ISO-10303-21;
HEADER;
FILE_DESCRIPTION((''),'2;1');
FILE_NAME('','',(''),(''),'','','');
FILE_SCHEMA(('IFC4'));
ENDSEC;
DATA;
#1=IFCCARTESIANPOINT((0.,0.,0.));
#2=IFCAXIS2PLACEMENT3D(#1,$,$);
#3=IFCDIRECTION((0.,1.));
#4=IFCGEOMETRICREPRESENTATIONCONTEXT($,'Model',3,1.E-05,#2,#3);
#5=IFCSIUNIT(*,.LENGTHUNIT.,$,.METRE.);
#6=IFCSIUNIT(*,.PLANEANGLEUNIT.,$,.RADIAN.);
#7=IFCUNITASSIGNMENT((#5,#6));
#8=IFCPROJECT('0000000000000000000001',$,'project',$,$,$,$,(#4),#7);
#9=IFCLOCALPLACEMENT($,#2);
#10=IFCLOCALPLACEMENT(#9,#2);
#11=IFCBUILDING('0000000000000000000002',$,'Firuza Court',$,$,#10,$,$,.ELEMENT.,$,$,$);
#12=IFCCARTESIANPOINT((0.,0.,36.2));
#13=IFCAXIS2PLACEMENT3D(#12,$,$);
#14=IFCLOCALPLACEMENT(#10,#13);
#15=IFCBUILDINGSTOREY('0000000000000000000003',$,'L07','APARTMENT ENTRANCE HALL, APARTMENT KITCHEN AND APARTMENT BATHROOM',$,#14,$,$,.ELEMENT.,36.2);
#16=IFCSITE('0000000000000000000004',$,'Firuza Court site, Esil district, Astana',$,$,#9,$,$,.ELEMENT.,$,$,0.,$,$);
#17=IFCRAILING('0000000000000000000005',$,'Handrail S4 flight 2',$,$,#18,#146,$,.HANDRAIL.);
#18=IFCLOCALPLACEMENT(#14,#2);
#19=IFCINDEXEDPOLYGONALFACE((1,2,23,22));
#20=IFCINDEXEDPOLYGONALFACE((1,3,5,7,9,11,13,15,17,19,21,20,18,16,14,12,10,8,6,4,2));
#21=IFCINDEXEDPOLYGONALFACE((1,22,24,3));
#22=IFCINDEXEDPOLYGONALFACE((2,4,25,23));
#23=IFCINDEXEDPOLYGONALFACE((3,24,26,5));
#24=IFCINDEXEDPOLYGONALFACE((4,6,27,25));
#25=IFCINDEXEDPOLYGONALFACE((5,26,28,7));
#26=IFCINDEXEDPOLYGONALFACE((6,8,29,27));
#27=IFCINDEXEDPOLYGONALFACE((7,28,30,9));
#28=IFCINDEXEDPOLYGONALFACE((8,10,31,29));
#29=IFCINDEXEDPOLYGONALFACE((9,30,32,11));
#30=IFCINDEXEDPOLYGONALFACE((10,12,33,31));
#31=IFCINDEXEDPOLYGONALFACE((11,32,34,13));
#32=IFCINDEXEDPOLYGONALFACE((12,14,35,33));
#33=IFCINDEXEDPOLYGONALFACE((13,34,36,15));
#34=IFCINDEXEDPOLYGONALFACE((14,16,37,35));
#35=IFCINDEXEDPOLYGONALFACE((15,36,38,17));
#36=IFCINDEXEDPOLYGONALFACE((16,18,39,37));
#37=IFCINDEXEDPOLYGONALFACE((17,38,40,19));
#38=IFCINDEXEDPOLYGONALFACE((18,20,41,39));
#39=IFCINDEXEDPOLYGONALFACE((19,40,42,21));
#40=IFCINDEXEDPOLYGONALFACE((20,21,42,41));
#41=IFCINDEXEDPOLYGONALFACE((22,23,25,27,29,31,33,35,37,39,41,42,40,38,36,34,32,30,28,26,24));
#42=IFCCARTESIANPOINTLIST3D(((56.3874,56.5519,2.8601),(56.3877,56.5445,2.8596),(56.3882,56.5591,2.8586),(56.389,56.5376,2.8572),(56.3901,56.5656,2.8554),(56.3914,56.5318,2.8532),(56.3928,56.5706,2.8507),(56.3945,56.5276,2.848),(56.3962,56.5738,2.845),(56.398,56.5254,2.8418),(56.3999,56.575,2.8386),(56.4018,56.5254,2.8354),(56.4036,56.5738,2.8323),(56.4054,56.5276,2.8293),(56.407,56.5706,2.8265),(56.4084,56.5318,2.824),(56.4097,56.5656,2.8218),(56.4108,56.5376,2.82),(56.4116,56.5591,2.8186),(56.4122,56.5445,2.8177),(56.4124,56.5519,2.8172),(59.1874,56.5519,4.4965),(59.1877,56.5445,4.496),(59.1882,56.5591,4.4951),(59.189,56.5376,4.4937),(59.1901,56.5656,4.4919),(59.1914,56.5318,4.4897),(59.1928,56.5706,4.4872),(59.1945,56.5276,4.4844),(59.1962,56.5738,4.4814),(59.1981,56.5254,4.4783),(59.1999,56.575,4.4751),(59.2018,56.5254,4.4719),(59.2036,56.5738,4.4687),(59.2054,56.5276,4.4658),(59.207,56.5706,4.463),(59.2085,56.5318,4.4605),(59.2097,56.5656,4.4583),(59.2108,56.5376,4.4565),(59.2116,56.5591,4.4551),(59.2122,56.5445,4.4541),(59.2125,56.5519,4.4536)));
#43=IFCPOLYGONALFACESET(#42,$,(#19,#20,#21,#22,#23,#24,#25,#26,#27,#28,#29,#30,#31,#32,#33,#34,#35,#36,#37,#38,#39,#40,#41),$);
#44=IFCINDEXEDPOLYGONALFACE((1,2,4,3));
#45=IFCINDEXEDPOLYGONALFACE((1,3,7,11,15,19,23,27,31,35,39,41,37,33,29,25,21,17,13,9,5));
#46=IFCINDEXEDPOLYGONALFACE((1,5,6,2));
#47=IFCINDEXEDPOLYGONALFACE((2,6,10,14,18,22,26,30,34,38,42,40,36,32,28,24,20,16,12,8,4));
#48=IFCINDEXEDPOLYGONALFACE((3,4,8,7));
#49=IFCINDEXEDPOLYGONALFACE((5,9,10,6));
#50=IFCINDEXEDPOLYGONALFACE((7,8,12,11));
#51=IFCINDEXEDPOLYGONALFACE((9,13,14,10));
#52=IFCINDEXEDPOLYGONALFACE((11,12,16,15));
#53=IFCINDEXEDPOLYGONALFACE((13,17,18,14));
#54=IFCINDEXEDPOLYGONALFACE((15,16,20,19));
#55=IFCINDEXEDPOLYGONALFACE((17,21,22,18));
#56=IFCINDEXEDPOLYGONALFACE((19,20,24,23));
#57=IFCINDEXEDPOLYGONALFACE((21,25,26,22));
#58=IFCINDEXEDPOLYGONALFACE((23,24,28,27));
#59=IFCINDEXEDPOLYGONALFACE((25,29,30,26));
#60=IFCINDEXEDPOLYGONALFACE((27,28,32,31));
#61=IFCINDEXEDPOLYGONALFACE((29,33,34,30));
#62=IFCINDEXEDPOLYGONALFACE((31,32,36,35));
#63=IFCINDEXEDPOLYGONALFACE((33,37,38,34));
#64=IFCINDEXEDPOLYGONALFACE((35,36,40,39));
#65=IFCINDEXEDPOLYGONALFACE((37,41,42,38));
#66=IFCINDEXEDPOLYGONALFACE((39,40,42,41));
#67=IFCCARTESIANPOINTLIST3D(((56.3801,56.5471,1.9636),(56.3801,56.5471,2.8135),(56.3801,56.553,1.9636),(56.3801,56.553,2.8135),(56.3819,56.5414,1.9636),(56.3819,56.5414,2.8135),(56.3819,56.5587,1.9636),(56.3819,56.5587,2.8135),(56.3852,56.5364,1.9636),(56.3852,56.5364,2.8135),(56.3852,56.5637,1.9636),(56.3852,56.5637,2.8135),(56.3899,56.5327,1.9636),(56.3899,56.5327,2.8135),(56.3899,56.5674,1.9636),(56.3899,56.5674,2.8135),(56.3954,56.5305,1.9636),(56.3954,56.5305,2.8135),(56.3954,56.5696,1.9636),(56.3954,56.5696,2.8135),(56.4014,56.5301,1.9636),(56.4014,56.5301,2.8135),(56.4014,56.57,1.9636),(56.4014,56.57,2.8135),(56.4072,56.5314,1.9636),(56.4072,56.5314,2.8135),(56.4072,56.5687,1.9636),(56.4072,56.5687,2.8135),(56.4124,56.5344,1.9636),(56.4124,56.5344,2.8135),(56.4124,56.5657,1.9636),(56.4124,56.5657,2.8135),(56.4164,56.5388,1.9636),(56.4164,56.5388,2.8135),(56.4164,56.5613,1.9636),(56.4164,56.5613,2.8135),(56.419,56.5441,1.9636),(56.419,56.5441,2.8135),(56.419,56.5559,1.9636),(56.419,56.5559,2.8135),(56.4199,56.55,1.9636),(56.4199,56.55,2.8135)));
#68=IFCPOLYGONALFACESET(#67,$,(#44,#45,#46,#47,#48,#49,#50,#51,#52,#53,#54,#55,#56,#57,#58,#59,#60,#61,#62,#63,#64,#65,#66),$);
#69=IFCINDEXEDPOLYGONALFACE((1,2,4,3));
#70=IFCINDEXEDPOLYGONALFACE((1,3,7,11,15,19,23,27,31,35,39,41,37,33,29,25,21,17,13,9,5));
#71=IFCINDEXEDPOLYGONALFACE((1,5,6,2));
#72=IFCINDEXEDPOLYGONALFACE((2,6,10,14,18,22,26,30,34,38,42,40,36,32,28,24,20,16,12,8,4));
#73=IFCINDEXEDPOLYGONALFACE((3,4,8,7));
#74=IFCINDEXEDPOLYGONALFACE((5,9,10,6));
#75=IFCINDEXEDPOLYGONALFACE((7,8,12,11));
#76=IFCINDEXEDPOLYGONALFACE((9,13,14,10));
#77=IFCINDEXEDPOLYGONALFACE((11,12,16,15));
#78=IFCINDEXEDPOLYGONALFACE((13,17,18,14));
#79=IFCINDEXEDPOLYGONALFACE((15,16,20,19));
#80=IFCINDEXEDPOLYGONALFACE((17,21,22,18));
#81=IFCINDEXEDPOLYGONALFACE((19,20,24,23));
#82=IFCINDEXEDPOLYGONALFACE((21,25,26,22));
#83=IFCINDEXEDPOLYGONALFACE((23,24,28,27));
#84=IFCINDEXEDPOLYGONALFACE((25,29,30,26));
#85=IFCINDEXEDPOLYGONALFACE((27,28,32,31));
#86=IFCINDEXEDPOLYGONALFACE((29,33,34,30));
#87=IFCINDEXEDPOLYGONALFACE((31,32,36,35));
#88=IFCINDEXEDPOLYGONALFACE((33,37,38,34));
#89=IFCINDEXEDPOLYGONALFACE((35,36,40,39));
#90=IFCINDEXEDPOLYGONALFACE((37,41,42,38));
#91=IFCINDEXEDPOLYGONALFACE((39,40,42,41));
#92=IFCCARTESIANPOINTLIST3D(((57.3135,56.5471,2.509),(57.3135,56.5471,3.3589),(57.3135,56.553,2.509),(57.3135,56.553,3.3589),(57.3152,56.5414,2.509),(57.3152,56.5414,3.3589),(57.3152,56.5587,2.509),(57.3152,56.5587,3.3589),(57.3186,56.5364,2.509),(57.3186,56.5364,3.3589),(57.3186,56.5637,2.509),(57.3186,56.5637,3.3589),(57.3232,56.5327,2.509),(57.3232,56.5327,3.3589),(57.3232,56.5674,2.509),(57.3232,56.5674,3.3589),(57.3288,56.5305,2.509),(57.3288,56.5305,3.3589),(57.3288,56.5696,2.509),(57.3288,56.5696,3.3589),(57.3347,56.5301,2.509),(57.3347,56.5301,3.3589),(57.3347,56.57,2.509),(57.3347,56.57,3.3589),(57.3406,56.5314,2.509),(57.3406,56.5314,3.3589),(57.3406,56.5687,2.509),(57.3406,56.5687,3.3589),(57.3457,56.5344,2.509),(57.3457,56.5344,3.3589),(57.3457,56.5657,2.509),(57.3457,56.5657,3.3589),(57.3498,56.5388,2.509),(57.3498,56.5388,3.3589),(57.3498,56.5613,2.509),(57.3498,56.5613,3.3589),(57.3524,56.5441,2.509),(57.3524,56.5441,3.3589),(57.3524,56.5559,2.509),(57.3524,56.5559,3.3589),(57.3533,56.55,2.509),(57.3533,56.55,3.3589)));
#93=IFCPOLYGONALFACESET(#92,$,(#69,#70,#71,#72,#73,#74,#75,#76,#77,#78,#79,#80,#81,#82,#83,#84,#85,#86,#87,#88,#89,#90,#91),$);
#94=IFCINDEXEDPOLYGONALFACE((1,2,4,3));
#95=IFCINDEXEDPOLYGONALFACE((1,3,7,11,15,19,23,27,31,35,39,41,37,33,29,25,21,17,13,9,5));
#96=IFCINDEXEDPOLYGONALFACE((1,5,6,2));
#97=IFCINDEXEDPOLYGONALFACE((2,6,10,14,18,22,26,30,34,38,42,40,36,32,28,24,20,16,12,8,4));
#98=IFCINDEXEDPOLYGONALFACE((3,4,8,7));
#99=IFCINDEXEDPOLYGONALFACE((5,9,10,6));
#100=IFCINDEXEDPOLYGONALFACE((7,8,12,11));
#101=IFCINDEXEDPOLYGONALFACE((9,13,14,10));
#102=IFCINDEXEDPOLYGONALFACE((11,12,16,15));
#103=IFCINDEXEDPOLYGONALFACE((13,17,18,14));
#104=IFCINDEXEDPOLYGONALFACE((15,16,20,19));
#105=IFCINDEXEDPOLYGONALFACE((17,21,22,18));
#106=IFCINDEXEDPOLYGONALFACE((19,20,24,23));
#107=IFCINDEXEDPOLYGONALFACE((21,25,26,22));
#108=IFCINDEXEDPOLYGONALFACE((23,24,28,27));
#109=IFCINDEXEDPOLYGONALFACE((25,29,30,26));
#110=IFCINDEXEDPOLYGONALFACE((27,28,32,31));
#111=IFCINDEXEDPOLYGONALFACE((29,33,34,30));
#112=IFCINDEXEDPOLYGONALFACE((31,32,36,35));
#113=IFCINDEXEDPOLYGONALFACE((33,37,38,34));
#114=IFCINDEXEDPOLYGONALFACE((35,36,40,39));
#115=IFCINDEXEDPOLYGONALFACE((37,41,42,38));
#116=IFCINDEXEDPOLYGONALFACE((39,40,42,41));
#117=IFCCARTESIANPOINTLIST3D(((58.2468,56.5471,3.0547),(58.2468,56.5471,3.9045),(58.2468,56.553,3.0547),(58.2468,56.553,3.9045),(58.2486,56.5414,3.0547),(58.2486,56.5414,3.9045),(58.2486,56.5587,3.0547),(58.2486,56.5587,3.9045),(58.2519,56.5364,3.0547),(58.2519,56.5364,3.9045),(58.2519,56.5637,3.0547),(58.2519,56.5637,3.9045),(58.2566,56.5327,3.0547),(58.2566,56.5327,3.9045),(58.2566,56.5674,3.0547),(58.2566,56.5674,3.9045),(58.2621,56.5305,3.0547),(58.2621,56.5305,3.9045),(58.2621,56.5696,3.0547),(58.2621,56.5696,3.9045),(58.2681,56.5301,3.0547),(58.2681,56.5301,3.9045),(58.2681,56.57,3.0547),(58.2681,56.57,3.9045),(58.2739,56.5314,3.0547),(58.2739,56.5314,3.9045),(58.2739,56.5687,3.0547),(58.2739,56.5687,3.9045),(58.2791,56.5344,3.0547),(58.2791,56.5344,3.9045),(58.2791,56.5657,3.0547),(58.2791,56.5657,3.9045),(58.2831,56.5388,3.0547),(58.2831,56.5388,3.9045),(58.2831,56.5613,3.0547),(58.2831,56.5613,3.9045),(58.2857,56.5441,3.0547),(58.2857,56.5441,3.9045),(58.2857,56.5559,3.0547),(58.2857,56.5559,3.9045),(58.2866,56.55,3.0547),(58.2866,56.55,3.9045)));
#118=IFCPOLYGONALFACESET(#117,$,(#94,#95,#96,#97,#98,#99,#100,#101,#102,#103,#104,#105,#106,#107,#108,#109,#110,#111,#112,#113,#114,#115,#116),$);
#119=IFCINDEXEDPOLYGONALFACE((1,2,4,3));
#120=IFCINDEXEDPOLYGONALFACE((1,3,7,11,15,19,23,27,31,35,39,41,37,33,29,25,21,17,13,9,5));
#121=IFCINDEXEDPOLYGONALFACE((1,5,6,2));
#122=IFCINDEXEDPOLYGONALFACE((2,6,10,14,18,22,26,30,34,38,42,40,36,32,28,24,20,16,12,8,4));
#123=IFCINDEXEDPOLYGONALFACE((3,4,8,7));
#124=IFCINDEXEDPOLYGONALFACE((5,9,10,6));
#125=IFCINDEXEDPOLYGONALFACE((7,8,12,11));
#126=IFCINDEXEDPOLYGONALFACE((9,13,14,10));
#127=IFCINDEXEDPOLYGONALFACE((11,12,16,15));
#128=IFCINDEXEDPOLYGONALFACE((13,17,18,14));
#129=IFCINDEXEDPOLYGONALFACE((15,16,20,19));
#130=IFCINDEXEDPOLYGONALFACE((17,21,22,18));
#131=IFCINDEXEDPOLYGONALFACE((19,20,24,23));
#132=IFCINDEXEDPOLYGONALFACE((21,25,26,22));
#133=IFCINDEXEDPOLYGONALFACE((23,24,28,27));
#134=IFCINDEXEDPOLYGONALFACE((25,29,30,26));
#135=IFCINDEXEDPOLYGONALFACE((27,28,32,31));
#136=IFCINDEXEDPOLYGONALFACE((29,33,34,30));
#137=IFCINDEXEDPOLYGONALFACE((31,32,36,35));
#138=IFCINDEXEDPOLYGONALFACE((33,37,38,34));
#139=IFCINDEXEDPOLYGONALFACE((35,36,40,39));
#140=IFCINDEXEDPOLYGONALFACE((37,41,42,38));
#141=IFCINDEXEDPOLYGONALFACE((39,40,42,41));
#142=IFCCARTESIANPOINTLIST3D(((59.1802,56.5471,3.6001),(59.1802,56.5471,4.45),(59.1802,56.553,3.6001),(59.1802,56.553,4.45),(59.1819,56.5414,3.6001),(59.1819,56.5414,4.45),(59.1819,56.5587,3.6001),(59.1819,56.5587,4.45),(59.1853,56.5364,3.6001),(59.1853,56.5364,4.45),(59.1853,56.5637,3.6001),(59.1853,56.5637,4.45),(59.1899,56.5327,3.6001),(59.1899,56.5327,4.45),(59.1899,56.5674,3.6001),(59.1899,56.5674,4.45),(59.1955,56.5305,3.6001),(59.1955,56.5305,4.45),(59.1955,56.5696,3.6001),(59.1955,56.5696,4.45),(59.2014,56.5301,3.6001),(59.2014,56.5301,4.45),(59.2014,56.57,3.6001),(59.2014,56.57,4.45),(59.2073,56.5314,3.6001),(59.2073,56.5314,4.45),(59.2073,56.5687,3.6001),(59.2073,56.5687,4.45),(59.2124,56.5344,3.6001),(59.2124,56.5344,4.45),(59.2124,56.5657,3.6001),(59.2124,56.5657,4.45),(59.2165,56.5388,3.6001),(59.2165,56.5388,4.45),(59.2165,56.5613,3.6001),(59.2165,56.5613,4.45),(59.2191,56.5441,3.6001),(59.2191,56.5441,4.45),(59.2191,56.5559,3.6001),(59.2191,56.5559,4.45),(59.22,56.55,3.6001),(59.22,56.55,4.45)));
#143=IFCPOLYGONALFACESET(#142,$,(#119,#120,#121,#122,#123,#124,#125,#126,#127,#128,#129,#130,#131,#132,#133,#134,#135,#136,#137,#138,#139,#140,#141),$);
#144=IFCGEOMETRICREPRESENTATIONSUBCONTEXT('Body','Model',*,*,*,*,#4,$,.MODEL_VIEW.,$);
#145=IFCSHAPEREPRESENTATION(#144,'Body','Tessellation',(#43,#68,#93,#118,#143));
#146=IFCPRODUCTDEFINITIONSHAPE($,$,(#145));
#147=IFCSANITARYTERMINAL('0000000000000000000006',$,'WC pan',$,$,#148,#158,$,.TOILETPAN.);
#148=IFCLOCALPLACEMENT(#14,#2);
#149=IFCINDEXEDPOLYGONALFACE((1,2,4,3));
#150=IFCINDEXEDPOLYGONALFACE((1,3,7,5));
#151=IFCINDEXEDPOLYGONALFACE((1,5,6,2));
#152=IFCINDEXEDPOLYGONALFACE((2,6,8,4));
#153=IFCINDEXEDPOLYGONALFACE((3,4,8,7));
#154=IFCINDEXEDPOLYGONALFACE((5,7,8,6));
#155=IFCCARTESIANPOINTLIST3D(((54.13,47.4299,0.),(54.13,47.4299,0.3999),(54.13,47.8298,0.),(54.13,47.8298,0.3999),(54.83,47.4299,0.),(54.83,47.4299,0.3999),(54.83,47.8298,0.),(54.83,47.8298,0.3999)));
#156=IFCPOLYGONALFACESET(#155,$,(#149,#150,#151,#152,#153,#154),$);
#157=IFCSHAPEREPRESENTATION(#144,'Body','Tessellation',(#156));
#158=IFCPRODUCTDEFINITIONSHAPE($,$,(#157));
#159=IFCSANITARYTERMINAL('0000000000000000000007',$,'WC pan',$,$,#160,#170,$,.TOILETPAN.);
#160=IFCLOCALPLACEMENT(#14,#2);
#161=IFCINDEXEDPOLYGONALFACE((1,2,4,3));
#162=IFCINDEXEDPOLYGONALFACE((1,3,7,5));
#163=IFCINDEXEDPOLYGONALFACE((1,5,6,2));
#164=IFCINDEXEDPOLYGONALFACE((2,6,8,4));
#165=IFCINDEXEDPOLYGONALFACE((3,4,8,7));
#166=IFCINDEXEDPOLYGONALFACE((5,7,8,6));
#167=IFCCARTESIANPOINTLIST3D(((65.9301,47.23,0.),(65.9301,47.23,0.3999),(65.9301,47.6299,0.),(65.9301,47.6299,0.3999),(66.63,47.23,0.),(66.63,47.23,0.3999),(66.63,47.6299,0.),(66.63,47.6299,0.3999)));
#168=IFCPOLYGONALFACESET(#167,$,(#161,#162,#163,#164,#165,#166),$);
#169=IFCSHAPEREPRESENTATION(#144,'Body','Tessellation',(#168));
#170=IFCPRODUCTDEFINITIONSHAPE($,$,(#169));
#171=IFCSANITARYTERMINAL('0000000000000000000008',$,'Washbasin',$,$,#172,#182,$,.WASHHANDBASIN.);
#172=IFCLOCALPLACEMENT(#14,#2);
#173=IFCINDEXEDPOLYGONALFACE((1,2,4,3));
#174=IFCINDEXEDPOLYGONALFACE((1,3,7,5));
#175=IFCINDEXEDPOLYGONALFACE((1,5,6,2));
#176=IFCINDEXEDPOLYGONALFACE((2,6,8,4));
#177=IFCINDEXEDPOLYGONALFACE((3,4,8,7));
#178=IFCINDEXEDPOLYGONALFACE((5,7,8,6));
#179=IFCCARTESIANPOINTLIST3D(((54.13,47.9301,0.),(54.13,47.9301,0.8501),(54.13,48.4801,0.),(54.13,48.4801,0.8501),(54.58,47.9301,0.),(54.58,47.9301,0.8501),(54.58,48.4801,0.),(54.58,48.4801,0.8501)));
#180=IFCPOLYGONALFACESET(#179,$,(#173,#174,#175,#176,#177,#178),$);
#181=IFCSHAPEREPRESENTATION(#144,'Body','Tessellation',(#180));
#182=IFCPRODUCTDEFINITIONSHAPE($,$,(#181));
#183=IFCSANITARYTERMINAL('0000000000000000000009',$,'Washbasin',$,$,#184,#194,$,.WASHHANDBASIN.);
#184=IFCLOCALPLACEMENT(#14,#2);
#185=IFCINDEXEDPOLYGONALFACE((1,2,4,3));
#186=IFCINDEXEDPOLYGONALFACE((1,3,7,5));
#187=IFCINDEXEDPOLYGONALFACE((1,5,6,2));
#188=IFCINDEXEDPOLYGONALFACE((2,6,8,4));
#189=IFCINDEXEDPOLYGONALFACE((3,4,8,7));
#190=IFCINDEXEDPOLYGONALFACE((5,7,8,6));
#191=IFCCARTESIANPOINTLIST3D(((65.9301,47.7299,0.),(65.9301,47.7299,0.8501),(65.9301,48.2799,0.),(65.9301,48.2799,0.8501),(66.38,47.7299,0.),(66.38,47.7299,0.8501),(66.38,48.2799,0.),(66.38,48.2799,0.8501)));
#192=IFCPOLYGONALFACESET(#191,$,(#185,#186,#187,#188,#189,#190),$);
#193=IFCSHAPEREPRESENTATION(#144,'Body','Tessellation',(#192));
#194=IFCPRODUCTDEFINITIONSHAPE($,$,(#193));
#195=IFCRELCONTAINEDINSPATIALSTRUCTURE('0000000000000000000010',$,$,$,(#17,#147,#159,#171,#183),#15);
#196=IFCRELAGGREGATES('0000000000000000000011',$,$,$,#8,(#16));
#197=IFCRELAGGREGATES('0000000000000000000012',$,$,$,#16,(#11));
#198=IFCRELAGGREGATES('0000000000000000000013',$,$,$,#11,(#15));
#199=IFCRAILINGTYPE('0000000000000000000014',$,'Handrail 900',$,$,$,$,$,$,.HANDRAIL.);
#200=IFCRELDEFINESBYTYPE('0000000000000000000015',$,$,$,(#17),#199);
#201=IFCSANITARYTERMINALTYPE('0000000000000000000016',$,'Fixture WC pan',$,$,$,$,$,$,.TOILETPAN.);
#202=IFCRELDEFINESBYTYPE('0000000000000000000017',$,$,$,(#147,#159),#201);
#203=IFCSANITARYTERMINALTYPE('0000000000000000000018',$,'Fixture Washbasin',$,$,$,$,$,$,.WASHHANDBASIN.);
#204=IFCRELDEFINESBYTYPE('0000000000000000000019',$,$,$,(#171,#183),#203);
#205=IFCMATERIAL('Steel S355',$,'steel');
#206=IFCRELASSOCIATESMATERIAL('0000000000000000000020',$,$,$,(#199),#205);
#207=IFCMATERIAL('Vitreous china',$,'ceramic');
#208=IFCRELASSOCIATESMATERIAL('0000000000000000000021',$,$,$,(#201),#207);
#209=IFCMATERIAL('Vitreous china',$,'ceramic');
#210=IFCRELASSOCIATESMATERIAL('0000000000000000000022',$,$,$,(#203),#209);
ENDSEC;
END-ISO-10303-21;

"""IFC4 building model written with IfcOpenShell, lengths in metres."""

from ifc_helpers import new_model, si_unit, direction, frame, origin, origin_2d, place, context, subcontext, project, spatial, rectangle, circle, extrude, material, type_object, element, save


model = new_model("IFC4")

# Units and contexts
model_context = context("Model", 3, precision=1e-05, world=origin(), true_north=direction((0.0, 1.0)))
body_context = subcontext(model_context, "Body", "Model", "MODEL_VIEW")
ifc_project = project(units=[si_unit("LENGTHUNIT", "METRE"), si_unit("PLANEANGLEUNIT", "RADIAN")], contexts=[model_context])

# Site, building, storey
site_placement = place(None, origin())
site = spatial("IfcSite", under=ifc_project, at=site_placement, Name="Firuza Court site, Esil district, Astana", CompositionType="ELEMENT", RefElevation=0.0)
building_placement = place(site_placement, origin())
building = spatial("IfcBuilding", under=site, at=building_placement, Name="Firuza Court", CompositionType="ELEMENT")
storey_placement = place(building_placement, frame((0.0, 0.0, 36.2)))
storey = spatial("IfcBuildingStorey", under=building, at=storey_placement, Name="L07", Description="APARTMENT ENTRANCE HALL, APARTMENT KITCHEN AND APARTMENT BATHROOM", CompositionType="ELEMENT", Elevation=36.2)

# Railing
ifc_material_1 = material(Name="Steel S355", Category="steel")
railing_type_1 = type_object("IfcRailingType", Name="Handrail 900", PredefinedType="HANDRAIL", material=ifc_material_1)
railing_1_placement = place(storey_placement, frame((56.3999, 56.55, 1.9636)))
element("IfcRailing", 1, at=railing_1_placement, inside=storey, type_object=railing_type_1, Name="Handrail S4 flight 2", PredefinedType="HANDRAIL", context=body_context, shape_type="SweptSolid", body=[
    extrude(circle(Radius=0.0249, at=origin_2d()), frame((0.0, 0.0, 0.875), z_axis=(0.863361, 0.0, 0.504587), x_axis=(0.0, 1.0, 0.0)), (0.0, 0.0, 1.0), 3.2432),
    extrude(circle(Radius=0.02, at=origin_2d()), origin(), (0.0, 0.0, 1.0), 0.8499),
    extrude(circle(Radius=0.02, at=origin_2d()), frame((0.9333, 0.0, 0.5454)), (0.0, 0.0, 1.0), 0.8499),
    extrude(circle(Radius=0.02, at=origin_2d()), frame((1.8667, 0.0, 1.0911)), (0.0, 0.0, 1.0), 0.8499),
    extrude(circle(Radius=0.02, at=origin_2d()), frame((2.8, 0.0, 1.6365)), (0.0, 0.0, 1.0), 0.8499),
])

# Sanitary terminals
ifc_material_2 = material(Name="Vitreous china", Category="ceramic")
sanitary_terminal_type_1 = type_object("IfcSanitaryTerminalType", Name="Fixture WC pan", PredefinedType="TOILETPAN", material=ifc_material_2)
for number, where, z_axis, x_axis, name in (
    (2, (54.48, 47.6299, 0.0), (0.0, 0.0, 1.0), (1.0, 0.0, 0.0), "WC pan"),
    (3, (66.28, 47.4299, 0.0), (0.0, 0.0, 1.0), (1.0, 0.0, 0.0), "WC pan"),
):
    element("IfcSanitaryTerminal", number, at=place(storey_placement, frame(where, z_axis=z_axis, x_axis=x_axis)), inside=storey, type_object=sanitary_terminal_type_1, Name=name, PredefinedType="TOILETPAN", context=body_context, shape_type="SweptSolid", body=[
        extrude(rectangle(XDim=0.7, YDim=0.3999, at=origin_2d()), origin(), (0.0, 0.0, 1.0), 0.3999),
    ])
ifc_material_3 = material(Name="Vitreous china", Category="ceramic")
sanitary_terminal_type_2 = type_object("IfcSanitaryTerminalType", Name="Fixture Washbasin", PredefinedType="WASHHANDBASIN", material=ifc_material_3)
for number, where, z_axis, x_axis, name in (
    (4, (54.355, 48.2051, 0.0), (0.0, 0.0, 1.0), (1.0, 0.0, 0.0), "Washbasin"),
    (5, (66.155, 48.0049, 0.0), (0.0, 0.0, 1.0), (1.0, 0.0, 0.0), "Washbasin"),
):
    element("IfcSanitaryTerminal", number, at=place(storey_placement, frame(where, z_axis=z_axis, x_axis=x_axis)), inside=storey, type_object=sanitary_terminal_type_2, Name=name, PredefinedType="WASHHANDBASIN", context=body_context, shape_type="SweptSolid", body=[
        extrude(rectangle(XDim=0.45, YDim=0.55, at=origin_2d()), origin(), (0.0, 0.0, 1.0), 0.8501),
    ])

save(model, "model.ifc")
